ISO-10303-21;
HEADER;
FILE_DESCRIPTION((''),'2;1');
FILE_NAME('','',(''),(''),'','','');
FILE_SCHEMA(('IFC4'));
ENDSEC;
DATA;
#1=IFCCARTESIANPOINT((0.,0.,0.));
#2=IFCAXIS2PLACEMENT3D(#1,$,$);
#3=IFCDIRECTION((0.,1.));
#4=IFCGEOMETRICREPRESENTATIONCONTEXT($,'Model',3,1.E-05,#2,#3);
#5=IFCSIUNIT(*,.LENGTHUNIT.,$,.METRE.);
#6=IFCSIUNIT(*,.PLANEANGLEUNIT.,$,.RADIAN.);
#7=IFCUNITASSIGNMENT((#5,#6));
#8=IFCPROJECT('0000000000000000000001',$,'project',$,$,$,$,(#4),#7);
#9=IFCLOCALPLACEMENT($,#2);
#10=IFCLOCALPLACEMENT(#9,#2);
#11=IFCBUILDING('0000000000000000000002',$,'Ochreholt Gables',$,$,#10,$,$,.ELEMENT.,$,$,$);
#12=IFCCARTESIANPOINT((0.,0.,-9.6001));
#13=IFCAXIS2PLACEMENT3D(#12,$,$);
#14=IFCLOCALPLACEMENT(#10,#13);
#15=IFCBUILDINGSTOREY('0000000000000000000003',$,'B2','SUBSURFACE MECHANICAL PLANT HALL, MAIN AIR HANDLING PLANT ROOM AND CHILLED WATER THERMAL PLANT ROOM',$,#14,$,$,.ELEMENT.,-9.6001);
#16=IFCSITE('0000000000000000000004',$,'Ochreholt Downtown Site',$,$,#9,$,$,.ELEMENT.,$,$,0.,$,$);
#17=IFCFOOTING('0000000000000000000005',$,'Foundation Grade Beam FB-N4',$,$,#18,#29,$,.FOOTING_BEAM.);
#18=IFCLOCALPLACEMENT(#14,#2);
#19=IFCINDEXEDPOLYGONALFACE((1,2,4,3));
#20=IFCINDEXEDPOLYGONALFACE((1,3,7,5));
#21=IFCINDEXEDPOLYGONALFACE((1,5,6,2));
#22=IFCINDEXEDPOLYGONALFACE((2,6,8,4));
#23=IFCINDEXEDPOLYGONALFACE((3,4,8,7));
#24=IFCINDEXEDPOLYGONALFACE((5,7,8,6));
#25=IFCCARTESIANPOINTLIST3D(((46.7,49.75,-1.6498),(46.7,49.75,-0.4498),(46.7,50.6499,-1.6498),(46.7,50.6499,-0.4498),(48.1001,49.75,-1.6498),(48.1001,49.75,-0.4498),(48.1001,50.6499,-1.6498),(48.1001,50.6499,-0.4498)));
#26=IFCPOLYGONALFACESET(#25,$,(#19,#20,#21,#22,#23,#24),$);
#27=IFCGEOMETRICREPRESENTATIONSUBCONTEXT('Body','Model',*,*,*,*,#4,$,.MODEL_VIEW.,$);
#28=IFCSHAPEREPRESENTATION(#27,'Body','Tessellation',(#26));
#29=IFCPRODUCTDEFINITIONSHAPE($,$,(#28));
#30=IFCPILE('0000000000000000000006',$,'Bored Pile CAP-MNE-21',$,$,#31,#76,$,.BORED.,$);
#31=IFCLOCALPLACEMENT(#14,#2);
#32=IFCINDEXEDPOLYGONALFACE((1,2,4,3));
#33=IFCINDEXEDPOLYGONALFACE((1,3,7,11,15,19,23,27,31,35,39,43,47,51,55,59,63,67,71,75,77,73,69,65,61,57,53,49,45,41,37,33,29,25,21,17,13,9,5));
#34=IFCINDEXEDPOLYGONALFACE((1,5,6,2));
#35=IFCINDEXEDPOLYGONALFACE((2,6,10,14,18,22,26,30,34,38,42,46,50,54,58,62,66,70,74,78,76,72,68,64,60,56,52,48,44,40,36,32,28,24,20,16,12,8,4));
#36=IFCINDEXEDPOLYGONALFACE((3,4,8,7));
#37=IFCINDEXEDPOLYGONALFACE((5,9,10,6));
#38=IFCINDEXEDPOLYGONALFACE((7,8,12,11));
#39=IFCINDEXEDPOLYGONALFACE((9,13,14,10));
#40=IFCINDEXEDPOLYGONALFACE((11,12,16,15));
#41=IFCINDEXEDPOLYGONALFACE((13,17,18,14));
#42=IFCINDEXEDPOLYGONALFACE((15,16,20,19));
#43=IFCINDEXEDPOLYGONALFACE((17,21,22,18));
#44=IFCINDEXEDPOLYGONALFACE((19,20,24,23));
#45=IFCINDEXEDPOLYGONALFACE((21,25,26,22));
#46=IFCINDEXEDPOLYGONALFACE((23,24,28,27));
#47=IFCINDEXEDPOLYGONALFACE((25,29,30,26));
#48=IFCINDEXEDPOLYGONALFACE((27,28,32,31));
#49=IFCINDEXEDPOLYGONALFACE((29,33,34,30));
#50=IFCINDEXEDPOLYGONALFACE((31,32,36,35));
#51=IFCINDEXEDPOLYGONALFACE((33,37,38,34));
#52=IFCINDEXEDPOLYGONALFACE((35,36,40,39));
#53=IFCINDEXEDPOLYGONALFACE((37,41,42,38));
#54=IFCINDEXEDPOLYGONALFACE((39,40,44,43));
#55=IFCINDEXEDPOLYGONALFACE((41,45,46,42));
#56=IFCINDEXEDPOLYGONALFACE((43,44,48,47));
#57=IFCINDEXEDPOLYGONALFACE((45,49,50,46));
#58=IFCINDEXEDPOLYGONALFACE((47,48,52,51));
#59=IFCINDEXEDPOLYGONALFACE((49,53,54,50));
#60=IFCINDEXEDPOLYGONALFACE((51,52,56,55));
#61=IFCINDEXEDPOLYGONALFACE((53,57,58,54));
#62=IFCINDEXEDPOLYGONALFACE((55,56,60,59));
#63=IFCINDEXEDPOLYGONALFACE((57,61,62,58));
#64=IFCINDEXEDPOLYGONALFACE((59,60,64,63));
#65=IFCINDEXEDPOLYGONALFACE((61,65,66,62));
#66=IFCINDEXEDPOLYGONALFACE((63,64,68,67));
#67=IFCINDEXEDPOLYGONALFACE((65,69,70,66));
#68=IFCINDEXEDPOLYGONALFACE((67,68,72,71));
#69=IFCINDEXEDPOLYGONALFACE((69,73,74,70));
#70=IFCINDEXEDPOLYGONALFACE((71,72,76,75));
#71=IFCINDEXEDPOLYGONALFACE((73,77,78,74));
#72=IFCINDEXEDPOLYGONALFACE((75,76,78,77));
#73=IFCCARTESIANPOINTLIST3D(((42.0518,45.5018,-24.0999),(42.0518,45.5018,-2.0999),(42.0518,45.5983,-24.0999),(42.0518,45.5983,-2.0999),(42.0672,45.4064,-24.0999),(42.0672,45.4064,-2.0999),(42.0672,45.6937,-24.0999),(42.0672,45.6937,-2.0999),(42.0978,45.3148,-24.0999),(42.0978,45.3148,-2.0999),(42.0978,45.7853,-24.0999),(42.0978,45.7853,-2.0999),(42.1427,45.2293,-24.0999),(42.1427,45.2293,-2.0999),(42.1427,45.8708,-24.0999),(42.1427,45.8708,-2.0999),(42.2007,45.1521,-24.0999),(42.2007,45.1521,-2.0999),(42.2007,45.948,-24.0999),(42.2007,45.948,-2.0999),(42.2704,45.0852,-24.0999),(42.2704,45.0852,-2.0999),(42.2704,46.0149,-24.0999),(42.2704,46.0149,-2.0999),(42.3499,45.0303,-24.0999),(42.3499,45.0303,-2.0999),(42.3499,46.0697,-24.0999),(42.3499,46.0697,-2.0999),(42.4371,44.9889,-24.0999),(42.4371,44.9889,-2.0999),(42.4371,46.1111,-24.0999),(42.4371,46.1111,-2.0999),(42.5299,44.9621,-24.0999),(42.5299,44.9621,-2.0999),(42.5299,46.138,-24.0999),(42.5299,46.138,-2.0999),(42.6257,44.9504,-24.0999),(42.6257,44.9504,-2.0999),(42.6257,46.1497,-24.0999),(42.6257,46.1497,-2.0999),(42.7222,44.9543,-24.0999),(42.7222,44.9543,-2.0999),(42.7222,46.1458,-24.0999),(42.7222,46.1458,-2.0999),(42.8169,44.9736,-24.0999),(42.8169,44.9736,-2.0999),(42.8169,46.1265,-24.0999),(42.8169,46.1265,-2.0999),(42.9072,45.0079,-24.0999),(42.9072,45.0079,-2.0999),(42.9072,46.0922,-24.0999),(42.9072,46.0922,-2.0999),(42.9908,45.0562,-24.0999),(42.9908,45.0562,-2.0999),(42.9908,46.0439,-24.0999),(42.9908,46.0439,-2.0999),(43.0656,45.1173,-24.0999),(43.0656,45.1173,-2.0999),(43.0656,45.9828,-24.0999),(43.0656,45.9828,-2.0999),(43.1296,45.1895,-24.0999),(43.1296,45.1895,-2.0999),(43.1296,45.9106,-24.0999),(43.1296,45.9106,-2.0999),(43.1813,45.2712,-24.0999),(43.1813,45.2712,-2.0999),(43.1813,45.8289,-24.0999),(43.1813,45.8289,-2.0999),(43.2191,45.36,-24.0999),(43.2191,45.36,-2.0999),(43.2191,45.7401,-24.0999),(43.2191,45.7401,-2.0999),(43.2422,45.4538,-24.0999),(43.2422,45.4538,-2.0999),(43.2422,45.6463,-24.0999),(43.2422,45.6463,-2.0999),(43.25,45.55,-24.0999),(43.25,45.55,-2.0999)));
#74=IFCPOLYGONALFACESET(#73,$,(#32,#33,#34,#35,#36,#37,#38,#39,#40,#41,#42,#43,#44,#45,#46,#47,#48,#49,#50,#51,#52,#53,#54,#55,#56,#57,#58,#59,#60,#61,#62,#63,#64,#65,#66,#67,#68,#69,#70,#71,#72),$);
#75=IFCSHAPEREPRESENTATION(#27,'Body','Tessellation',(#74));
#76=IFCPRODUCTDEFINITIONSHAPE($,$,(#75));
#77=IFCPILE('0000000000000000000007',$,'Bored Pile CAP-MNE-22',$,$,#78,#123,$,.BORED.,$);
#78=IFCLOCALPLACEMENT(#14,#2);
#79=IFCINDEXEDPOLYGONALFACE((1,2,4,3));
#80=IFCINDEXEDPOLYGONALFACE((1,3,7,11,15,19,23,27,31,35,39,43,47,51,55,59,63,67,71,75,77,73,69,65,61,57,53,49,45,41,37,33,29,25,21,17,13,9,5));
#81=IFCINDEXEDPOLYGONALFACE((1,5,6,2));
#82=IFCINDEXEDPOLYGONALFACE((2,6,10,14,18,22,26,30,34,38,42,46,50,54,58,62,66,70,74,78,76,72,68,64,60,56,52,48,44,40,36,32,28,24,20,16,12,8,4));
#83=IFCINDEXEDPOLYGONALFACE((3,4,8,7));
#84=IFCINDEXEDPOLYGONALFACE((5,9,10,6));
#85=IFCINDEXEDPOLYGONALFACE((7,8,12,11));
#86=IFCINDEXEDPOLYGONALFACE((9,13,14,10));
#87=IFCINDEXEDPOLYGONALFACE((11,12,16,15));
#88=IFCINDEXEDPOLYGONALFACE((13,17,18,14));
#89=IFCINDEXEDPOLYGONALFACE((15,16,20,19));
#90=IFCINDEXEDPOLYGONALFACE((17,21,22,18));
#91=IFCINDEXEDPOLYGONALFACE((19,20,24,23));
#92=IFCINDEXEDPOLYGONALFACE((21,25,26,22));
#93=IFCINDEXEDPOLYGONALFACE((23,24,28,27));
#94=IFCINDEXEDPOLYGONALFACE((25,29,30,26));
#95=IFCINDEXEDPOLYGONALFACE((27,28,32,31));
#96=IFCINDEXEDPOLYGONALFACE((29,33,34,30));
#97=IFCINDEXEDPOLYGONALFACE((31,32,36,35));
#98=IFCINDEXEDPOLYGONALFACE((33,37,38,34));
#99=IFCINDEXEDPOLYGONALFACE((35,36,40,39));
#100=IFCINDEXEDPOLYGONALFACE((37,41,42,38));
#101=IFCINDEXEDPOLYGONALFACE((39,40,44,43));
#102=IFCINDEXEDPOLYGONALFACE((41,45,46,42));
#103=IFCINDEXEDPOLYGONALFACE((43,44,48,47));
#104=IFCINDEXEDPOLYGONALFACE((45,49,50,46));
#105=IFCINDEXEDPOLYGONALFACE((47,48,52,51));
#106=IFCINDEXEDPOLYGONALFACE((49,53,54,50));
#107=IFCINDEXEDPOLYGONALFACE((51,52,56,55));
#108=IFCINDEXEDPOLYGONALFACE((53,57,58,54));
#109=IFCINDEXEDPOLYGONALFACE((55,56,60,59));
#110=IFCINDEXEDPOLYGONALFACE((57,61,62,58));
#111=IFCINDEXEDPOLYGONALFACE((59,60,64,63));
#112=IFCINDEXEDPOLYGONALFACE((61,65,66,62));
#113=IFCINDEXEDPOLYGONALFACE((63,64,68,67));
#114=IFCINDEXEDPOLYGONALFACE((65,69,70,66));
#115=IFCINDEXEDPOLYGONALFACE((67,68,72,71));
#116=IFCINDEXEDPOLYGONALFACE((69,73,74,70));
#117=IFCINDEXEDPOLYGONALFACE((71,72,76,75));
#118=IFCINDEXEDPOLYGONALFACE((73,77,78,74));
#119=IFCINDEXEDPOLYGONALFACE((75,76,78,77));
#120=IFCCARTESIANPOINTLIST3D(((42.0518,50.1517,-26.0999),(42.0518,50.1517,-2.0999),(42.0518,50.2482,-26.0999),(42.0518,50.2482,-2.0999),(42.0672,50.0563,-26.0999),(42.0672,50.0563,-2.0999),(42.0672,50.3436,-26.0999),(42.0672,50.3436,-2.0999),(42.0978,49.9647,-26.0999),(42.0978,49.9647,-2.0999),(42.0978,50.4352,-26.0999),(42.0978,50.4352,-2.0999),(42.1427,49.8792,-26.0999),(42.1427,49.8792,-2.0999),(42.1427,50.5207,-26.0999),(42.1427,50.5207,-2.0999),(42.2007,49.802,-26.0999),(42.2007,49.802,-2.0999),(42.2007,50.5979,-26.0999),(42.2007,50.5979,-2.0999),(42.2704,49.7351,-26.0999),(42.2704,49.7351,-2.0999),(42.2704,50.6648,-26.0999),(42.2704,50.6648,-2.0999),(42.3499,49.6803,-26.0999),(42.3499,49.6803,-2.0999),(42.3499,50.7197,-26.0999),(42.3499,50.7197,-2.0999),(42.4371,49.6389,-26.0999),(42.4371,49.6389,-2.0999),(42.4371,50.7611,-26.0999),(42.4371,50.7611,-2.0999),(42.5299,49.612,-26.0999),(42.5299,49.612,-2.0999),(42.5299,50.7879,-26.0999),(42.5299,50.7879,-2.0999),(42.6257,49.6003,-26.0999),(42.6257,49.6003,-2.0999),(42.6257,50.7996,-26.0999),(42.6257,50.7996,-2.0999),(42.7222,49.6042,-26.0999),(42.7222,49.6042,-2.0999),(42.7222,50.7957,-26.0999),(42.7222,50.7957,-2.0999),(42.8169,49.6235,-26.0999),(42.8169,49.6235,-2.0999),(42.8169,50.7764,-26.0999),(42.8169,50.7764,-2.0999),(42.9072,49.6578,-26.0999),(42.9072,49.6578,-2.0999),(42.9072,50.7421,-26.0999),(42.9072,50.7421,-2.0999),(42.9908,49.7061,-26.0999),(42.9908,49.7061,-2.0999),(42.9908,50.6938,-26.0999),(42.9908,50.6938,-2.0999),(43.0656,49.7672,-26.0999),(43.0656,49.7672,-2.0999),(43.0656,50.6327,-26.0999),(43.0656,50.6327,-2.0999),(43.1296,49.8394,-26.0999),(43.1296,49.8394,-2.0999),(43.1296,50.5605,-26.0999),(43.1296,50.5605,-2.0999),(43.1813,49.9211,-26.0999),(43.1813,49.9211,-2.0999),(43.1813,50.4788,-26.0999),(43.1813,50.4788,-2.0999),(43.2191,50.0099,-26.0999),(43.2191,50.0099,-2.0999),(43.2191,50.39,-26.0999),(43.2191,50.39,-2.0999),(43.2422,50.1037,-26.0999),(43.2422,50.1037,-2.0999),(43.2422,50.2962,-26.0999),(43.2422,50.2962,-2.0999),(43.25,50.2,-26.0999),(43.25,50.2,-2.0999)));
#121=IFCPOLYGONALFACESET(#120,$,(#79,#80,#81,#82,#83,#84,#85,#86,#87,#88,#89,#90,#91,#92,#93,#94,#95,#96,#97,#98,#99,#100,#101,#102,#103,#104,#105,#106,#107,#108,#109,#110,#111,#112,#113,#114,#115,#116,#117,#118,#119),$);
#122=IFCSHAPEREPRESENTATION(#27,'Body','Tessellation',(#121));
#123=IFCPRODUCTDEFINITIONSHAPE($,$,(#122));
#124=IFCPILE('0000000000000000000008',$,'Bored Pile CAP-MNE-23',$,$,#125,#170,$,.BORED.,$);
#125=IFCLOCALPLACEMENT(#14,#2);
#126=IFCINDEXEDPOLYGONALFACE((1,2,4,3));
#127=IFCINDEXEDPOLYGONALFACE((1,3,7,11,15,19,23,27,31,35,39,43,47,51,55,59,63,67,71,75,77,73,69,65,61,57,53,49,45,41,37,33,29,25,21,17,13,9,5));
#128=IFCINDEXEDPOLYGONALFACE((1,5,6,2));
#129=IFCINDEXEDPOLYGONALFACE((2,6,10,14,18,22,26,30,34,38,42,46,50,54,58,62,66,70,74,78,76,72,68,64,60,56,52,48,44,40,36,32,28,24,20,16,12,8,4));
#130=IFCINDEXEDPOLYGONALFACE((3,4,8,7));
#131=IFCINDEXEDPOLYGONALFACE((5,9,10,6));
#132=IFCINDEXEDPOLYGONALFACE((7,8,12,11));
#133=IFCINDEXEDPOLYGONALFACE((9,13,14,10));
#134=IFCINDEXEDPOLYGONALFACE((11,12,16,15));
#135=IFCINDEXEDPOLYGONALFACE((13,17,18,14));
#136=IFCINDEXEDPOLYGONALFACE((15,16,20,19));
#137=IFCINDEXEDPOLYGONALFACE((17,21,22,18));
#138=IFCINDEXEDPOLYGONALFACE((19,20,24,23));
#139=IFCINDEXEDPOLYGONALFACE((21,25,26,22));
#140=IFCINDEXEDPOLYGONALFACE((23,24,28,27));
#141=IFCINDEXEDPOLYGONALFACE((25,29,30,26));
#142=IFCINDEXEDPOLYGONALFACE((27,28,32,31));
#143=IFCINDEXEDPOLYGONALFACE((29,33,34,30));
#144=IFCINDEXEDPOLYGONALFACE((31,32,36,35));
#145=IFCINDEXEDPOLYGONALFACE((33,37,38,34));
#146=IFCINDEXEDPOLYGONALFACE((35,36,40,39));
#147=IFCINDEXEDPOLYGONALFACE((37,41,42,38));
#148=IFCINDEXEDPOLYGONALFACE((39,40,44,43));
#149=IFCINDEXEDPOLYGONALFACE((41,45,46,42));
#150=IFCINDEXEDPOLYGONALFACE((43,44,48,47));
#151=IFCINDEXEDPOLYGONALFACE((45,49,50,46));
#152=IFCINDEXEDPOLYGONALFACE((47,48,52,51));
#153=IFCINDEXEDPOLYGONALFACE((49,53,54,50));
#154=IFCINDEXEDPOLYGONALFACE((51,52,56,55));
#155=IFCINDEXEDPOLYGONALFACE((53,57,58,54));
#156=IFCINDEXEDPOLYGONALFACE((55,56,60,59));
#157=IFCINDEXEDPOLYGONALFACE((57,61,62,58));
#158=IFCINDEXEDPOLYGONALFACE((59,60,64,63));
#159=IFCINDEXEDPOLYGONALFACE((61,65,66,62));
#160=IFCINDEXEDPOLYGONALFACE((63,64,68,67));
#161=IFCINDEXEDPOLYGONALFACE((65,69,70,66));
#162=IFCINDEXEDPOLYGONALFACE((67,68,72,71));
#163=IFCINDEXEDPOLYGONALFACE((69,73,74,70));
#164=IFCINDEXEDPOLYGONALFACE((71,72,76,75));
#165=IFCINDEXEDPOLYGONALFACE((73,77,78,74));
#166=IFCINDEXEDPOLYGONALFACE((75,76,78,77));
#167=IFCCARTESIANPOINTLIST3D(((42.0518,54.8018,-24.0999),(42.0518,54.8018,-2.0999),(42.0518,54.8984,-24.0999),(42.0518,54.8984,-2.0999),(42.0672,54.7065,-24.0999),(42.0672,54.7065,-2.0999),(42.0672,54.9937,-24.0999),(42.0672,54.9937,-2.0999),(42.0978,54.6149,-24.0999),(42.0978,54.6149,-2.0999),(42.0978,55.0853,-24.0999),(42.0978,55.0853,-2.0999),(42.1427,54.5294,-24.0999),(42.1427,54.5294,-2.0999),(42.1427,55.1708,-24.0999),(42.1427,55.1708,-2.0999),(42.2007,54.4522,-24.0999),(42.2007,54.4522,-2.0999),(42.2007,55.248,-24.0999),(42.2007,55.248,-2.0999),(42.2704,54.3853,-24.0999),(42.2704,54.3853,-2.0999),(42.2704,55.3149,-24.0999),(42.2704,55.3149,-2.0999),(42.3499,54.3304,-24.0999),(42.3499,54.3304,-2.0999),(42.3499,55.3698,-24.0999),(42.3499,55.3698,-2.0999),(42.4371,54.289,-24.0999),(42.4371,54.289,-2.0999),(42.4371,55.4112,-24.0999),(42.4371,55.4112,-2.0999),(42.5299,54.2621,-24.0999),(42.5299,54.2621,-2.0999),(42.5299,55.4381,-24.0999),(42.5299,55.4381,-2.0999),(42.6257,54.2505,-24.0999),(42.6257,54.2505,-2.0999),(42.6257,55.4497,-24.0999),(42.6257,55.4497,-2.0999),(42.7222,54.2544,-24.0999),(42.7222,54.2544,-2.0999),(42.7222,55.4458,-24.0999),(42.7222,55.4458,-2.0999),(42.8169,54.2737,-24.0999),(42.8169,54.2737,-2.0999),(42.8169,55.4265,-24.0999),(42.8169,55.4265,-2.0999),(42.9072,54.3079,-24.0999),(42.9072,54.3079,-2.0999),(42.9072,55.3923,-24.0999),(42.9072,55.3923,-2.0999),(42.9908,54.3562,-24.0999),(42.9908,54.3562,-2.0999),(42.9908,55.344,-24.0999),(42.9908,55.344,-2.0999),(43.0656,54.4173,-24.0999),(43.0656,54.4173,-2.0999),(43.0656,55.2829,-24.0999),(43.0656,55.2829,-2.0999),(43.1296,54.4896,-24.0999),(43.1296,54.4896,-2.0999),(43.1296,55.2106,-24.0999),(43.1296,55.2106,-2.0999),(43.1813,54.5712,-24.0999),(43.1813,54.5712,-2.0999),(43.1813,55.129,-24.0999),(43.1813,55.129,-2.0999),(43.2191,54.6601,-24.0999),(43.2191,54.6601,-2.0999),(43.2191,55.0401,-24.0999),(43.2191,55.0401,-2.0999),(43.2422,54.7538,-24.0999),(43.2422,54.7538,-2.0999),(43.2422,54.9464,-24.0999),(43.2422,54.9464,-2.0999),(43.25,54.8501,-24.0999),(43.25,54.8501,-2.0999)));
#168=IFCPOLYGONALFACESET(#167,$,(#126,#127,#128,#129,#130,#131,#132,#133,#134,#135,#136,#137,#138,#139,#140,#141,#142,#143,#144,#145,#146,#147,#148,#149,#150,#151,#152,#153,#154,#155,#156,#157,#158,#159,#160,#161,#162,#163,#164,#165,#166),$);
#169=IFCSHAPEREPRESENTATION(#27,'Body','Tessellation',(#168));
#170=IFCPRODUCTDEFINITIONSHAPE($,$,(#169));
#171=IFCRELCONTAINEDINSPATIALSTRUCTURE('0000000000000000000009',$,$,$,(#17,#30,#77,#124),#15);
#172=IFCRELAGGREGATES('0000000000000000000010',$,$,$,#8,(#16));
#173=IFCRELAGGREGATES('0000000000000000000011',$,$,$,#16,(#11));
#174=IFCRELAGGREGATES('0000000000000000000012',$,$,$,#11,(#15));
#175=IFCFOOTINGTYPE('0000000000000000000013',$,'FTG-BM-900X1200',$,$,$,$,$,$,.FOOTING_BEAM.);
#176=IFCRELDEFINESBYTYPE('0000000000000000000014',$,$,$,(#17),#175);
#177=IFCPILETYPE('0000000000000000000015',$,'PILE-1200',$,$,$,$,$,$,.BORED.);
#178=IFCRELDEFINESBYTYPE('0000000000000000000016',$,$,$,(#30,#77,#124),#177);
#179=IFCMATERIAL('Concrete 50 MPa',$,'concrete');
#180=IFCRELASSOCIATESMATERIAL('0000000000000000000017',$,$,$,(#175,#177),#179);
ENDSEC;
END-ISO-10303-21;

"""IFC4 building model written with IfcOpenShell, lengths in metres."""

from ifc_helpers import new_model, si_unit, direction, frame, origin, origin_2d, place, context, subcontext, project, spatial, rectangle, circle, extrude, material, material_profile, profile_set, type_object, element, save


model = new_model("IFC4")

# Units and contexts
model_context = context("Model", 3, precision=1e-05, world=origin(), true_north=direction((0.0, 1.0)))
body_context = subcontext(model_context, "Body", "Model", "MODEL_VIEW")
ifc_project = project(units=[si_unit("LENGTHUNIT", "METRE"), si_unit("PLANEANGLEUNIT", "RADIAN")], contexts=[model_context])

# Site, building, storey
site_placement = place(None, origin())
site = spatial("IfcSite", under=ifc_project, at=site_placement, Name="Ochreholt Downtown Site", CompositionType="ELEMENT", RefElevation=0.0)
building_placement = place(site_placement, origin())
building = spatial("IfcBuilding", under=site, at=building_placement, Name="Ochreholt Gables", CompositionType="ELEMENT")
storey_placement = place(building_placement, frame((0.0, 0.0, -9.6001)))
storey = spatial("IfcBuildingStorey", under=building, at=storey_placement, Name="B2", Description="SUBSURFACE MECHANICAL PLANT HALL, MAIN AIR HANDLING PLANT ROOM AND CHILLED WATER THERMAL PLANT ROOM", CompositionType="ELEMENT", Elevation=-9.6001)

# Footing
ifc_material_1 = material(Name="Concrete 50 MPa", Category="concrete")
ifc_material_profile_1 = material_profile(ifc_material_1, rectangle(XDim=0.8999, YDim=1.2, at=origin_2d()), Name="FB900X1200")
ifc_profile_set_1 = profile_set([ifc_material_profile_1], Name="Concrete 50 MPa")
footing_type = type_object("IfcFootingType", Name="FTG-BM-900X1200", PredefinedType="FOOTING_BEAM", material=ifc_profile_set_1)
footing_placement = place(storey_placement, frame((46.7, 50.2, -1.0498), z_axis=(1.0, 0.0, 0.0), x_axis=(0.0, 1.0, 0.0)))
element("IfcFooting", 1, at=footing_placement, inside=storey, type_object=footing_type, Name="Foundation Grade Beam FB-N4", PredefinedType="FOOTING_BEAM", context=body_context, shape_type="SweptSolid", body=[
    extrude(rectangle(XDim=0.8999, YDim=1.2, at=origin_2d()), origin(), (0.0, 0.0, 1.0), 1.4001),
])

# Piles
ifc_material_profile_2 = material_profile(ifc_material_1, circle(Radius=0.6001, at=origin_2d()), Name="PILE1200")
ifc_profile_set_2 = profile_set([ifc_material_profile_2], Name="Concrete 50 MPa")
pile_type = type_object("IfcPileType", Name="PILE-1200", PredefinedType="BORED", material=ifc_profile_set_2)
pile_1_placement = place(storey_placement, frame((42.6499, 45.55, -2.0999), z_axis=(0.0, 0.0, -1.0), x_axis=(1.0, 0.0, 0.0)))
element("IfcPile", 2, at=pile_1_placement, inside=storey, type_object=pile_type, Name="Bored Pile CAP-MNE-21", PredefinedType="BORED", context=body_context, shape_type="SweptSolid", body=[
    extrude(circle(Radius=0.6001, at=origin_2d()), origin(), (0.0, 0.0, 1.0), 22.0),
])
pile_2_placement = place(storey_placement, frame((42.6499, 50.2, -2.0999), z_axis=(0.0, 0.0, -1.0), x_axis=(1.0, 0.0, 0.0)))
element("IfcPile", 3, at=pile_2_placement, inside=storey, type_object=pile_type, Name="Bored Pile CAP-MNE-22", PredefinedType="BORED", context=body_context, shape_type="SweptSolid", body=[
    extrude(circle(Radius=0.6001, at=origin_2d()), origin(), (0.0, 0.0, 1.0), 24.0),
])
pile_3_placement = place(storey_placement, frame((42.6499, 54.8501, -2.0999), z_axis=(0.0, 0.0, -1.0), x_axis=(1.0, 0.0, 0.0)))
element("IfcPile", 4, at=pile_3_placement, inside=storey, type_object=pile_type, Name="Bored Pile CAP-MNE-23", PredefinedType="BORED", context=body_context, shape_type="SweptSolid", body=[
    extrude(circle(Radius=0.6001, at=origin_2d()), origin(), (0.0, 0.0, 1.0), 22.0),
])

save(model, "model.ifc")
